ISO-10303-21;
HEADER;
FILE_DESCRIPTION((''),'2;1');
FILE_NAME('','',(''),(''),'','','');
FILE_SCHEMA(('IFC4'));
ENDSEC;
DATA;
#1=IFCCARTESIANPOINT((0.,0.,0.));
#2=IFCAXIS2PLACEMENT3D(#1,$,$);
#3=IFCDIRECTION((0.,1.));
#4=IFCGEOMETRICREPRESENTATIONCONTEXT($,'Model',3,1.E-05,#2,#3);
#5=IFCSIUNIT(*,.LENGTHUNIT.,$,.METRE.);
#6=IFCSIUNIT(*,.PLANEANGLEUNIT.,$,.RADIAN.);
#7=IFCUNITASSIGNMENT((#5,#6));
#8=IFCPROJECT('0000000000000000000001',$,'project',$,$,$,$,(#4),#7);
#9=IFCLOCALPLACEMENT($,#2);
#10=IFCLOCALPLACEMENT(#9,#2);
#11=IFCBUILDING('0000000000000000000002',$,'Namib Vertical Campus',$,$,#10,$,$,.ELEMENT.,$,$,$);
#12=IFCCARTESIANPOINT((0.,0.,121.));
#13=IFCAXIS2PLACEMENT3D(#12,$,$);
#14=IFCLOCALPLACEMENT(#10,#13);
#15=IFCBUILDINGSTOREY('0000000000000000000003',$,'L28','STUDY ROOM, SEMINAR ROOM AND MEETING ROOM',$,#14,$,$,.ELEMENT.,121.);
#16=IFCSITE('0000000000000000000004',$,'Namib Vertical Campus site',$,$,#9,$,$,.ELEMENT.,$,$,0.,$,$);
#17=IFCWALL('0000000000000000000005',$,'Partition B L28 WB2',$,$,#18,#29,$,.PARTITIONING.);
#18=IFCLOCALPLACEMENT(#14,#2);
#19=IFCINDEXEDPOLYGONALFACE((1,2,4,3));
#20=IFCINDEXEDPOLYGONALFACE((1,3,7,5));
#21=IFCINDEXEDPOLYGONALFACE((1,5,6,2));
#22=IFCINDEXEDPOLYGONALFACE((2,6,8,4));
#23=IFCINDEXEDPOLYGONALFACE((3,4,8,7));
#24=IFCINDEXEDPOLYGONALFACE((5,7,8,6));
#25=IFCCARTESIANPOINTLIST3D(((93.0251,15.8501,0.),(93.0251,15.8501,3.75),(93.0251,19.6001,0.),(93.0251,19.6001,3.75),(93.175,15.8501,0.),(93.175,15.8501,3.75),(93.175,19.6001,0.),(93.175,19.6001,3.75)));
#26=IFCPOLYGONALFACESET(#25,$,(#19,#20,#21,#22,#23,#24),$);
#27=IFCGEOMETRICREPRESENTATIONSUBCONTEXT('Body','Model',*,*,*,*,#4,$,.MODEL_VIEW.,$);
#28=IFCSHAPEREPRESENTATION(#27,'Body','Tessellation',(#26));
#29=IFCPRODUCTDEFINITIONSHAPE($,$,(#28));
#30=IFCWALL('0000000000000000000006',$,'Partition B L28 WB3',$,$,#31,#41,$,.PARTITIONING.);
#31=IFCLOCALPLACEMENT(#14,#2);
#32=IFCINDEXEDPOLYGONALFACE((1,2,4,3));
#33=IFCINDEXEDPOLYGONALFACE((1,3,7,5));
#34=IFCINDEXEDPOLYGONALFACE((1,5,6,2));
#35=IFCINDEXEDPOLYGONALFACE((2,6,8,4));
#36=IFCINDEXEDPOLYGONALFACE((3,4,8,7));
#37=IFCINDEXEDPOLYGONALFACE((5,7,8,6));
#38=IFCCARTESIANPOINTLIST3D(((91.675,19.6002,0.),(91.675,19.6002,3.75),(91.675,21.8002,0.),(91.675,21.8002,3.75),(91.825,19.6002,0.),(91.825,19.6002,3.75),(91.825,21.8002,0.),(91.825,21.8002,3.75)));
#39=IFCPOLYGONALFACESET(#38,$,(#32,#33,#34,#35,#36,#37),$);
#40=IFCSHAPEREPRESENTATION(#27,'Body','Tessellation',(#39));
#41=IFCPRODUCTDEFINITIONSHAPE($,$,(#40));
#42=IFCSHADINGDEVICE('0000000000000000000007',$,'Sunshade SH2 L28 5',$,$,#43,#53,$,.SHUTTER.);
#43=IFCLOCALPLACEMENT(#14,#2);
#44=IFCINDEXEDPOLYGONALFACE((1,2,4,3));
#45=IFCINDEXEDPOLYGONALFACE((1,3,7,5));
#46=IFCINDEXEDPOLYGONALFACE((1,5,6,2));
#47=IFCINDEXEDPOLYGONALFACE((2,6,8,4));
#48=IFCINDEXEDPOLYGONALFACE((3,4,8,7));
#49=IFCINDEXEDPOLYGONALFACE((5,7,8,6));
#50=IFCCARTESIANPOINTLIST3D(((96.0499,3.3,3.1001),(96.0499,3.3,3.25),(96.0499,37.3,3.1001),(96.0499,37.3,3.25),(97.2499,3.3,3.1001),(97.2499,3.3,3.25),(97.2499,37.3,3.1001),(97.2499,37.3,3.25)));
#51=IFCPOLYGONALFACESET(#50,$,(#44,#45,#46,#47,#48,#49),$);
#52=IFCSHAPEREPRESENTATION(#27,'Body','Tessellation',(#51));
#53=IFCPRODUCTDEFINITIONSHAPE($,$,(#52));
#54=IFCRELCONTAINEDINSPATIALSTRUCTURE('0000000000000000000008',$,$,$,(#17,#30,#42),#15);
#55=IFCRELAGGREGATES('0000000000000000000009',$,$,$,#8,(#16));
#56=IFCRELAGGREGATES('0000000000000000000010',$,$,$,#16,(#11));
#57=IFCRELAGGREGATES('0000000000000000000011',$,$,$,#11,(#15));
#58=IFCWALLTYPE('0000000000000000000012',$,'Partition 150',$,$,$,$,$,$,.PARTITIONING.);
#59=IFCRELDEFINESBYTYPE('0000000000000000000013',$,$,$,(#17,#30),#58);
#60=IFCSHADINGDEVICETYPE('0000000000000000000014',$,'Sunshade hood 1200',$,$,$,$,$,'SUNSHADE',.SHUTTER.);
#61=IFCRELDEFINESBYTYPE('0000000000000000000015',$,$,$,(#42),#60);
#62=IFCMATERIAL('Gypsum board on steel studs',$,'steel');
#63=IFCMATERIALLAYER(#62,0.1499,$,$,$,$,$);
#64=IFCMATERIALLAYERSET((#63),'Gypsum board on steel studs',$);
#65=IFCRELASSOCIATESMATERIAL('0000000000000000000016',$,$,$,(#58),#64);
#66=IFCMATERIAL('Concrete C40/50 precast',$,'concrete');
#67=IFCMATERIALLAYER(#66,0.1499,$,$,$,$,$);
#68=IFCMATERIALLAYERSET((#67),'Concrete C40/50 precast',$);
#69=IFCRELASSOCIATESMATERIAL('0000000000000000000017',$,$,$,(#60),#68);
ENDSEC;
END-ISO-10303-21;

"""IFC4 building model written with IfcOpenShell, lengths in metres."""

from ifc_helpers import new_model, si_unit, direction, frame, frame_2d, origin, origin_2d, place, context, subcontext, project, spatial, rectangle, extrude, material, layer, layer_set, type_object, element, save


model = new_model("IFC4")

# Units and contexts
model_context = context("Model", 3, precision=1e-05, world=origin(), true_north=direction((0.0, 1.0)))
body_context = subcontext(model_context, "Body", "Model", "MODEL_VIEW")
ifc_project = project(units=[si_unit("LENGTHUNIT", "METRE"), si_unit("PLANEANGLEUNIT", "RADIAN")], contexts=[model_context])

# Site, building, storey
site_placement = place(None, origin())
site = spatial("IfcSite", under=ifc_project, at=site_placement, Name="Namib Vertical Campus site", CompositionType="ELEMENT", RefElevation=0.0)
building_placement = place(site_placement, origin())
building = spatial("IfcBuilding", under=site, at=building_placement, Name="Namib Vertical Campus", CompositionType="ELEMENT")
storey_placement = place(building_placement, frame((0.0, 0.0, 121.0)))
storey = spatial("IfcBuildingStorey", under=building, at=storey_placement, Name="L28", Description="STUDY ROOM, SEMINAR ROOM AND MEETING ROOM", CompositionType="ELEMENT", Elevation=121.0)

# Walls
ifc_material_1 = material(Name="Gypsum board on steel studs", Category="steel")
ifc_layer_1 = layer(ifc_material_1, 0.1499)
ifc_layer_set_1 = layer_set([ifc_layer_1], Name="Gypsum board on steel studs")
wall_type_1 = type_object("IfcWallType", Name="Partition 150", PredefinedType="PARTITIONING", material=ifc_layer_set_1)
wall_1_placement = place(storey_placement, frame((93.1001, 15.8501, 0.0), z_axis=(0.0, 0.0, 1.0), x_axis=(0.0, 1.0, 0.0)))
element("IfcWall", 1, at=wall_1_placement, inside=storey, type_object=wall_type_1, Name="Partition B L28 WB2", PredefinedType="PARTITIONING", context=body_context, shape_type="SweptSolid", body=[
    extrude(rectangle(XDim=3.75, YDim=0.1499, at=frame_2d((1.875, 0.0))), origin(), (0.0, 0.0, 1.0), 3.75),
])
wall_2_placement = place(storey_placement, frame((91.75, 19.6001, 0.0), z_axis=(0.0, 0.0, 1.0), x_axis=(0.0, 1.0, 0.0)))
element("IfcWall", 2, at=wall_2_placement, inside=storey, type_object=wall_type_1, Name="Partition B L28 WB3", PredefinedType="PARTITIONING", context=body_context, shape_type="SweptSolid", body=[
    extrude(rectangle(XDim=2.2, YDim=0.1499, at=frame_2d((1.1001, 0.0))), origin(), (0.0, 0.0, 1.0), 3.75),
])

# Shading device
ifc_material_2 = material(Name="Concrete C40/50 precast", Category="concrete")
ifc_layer_2 = layer(ifc_material_2, 0.1499)
ifc_layer_set_2 = layer_set([ifc_layer_2], Name="Concrete C40/50 precast")
shading_device_type = type_object("IfcShadingDeviceType", Name="Sunshade hood 1200", ElementType="SUNSHADE", PredefinedType="SHUTTER", material=ifc_layer_set_2)
shading_device_placement = place(storey_placement, frame((96.6499, 20.3, 3.1001), z_axis=(0.0, 0.0, 1.0), x_axis=(0.0, 1.0, 0.0)))
element("IfcShadingDevice", 3, at=shading_device_placement, inside=storey, type_object=shading_device_type, Name="Sunshade SH2 L28 5", PredefinedType="SHUTTER", context=body_context, shape_type="SweptSolid", body=[
    extrude(rectangle(XDim=34.0, YDim=1.2, at=origin_2d()), origin(), (0.0, 0.0, 1.0), 0.1499),
])

save(model, "model.ifc")
